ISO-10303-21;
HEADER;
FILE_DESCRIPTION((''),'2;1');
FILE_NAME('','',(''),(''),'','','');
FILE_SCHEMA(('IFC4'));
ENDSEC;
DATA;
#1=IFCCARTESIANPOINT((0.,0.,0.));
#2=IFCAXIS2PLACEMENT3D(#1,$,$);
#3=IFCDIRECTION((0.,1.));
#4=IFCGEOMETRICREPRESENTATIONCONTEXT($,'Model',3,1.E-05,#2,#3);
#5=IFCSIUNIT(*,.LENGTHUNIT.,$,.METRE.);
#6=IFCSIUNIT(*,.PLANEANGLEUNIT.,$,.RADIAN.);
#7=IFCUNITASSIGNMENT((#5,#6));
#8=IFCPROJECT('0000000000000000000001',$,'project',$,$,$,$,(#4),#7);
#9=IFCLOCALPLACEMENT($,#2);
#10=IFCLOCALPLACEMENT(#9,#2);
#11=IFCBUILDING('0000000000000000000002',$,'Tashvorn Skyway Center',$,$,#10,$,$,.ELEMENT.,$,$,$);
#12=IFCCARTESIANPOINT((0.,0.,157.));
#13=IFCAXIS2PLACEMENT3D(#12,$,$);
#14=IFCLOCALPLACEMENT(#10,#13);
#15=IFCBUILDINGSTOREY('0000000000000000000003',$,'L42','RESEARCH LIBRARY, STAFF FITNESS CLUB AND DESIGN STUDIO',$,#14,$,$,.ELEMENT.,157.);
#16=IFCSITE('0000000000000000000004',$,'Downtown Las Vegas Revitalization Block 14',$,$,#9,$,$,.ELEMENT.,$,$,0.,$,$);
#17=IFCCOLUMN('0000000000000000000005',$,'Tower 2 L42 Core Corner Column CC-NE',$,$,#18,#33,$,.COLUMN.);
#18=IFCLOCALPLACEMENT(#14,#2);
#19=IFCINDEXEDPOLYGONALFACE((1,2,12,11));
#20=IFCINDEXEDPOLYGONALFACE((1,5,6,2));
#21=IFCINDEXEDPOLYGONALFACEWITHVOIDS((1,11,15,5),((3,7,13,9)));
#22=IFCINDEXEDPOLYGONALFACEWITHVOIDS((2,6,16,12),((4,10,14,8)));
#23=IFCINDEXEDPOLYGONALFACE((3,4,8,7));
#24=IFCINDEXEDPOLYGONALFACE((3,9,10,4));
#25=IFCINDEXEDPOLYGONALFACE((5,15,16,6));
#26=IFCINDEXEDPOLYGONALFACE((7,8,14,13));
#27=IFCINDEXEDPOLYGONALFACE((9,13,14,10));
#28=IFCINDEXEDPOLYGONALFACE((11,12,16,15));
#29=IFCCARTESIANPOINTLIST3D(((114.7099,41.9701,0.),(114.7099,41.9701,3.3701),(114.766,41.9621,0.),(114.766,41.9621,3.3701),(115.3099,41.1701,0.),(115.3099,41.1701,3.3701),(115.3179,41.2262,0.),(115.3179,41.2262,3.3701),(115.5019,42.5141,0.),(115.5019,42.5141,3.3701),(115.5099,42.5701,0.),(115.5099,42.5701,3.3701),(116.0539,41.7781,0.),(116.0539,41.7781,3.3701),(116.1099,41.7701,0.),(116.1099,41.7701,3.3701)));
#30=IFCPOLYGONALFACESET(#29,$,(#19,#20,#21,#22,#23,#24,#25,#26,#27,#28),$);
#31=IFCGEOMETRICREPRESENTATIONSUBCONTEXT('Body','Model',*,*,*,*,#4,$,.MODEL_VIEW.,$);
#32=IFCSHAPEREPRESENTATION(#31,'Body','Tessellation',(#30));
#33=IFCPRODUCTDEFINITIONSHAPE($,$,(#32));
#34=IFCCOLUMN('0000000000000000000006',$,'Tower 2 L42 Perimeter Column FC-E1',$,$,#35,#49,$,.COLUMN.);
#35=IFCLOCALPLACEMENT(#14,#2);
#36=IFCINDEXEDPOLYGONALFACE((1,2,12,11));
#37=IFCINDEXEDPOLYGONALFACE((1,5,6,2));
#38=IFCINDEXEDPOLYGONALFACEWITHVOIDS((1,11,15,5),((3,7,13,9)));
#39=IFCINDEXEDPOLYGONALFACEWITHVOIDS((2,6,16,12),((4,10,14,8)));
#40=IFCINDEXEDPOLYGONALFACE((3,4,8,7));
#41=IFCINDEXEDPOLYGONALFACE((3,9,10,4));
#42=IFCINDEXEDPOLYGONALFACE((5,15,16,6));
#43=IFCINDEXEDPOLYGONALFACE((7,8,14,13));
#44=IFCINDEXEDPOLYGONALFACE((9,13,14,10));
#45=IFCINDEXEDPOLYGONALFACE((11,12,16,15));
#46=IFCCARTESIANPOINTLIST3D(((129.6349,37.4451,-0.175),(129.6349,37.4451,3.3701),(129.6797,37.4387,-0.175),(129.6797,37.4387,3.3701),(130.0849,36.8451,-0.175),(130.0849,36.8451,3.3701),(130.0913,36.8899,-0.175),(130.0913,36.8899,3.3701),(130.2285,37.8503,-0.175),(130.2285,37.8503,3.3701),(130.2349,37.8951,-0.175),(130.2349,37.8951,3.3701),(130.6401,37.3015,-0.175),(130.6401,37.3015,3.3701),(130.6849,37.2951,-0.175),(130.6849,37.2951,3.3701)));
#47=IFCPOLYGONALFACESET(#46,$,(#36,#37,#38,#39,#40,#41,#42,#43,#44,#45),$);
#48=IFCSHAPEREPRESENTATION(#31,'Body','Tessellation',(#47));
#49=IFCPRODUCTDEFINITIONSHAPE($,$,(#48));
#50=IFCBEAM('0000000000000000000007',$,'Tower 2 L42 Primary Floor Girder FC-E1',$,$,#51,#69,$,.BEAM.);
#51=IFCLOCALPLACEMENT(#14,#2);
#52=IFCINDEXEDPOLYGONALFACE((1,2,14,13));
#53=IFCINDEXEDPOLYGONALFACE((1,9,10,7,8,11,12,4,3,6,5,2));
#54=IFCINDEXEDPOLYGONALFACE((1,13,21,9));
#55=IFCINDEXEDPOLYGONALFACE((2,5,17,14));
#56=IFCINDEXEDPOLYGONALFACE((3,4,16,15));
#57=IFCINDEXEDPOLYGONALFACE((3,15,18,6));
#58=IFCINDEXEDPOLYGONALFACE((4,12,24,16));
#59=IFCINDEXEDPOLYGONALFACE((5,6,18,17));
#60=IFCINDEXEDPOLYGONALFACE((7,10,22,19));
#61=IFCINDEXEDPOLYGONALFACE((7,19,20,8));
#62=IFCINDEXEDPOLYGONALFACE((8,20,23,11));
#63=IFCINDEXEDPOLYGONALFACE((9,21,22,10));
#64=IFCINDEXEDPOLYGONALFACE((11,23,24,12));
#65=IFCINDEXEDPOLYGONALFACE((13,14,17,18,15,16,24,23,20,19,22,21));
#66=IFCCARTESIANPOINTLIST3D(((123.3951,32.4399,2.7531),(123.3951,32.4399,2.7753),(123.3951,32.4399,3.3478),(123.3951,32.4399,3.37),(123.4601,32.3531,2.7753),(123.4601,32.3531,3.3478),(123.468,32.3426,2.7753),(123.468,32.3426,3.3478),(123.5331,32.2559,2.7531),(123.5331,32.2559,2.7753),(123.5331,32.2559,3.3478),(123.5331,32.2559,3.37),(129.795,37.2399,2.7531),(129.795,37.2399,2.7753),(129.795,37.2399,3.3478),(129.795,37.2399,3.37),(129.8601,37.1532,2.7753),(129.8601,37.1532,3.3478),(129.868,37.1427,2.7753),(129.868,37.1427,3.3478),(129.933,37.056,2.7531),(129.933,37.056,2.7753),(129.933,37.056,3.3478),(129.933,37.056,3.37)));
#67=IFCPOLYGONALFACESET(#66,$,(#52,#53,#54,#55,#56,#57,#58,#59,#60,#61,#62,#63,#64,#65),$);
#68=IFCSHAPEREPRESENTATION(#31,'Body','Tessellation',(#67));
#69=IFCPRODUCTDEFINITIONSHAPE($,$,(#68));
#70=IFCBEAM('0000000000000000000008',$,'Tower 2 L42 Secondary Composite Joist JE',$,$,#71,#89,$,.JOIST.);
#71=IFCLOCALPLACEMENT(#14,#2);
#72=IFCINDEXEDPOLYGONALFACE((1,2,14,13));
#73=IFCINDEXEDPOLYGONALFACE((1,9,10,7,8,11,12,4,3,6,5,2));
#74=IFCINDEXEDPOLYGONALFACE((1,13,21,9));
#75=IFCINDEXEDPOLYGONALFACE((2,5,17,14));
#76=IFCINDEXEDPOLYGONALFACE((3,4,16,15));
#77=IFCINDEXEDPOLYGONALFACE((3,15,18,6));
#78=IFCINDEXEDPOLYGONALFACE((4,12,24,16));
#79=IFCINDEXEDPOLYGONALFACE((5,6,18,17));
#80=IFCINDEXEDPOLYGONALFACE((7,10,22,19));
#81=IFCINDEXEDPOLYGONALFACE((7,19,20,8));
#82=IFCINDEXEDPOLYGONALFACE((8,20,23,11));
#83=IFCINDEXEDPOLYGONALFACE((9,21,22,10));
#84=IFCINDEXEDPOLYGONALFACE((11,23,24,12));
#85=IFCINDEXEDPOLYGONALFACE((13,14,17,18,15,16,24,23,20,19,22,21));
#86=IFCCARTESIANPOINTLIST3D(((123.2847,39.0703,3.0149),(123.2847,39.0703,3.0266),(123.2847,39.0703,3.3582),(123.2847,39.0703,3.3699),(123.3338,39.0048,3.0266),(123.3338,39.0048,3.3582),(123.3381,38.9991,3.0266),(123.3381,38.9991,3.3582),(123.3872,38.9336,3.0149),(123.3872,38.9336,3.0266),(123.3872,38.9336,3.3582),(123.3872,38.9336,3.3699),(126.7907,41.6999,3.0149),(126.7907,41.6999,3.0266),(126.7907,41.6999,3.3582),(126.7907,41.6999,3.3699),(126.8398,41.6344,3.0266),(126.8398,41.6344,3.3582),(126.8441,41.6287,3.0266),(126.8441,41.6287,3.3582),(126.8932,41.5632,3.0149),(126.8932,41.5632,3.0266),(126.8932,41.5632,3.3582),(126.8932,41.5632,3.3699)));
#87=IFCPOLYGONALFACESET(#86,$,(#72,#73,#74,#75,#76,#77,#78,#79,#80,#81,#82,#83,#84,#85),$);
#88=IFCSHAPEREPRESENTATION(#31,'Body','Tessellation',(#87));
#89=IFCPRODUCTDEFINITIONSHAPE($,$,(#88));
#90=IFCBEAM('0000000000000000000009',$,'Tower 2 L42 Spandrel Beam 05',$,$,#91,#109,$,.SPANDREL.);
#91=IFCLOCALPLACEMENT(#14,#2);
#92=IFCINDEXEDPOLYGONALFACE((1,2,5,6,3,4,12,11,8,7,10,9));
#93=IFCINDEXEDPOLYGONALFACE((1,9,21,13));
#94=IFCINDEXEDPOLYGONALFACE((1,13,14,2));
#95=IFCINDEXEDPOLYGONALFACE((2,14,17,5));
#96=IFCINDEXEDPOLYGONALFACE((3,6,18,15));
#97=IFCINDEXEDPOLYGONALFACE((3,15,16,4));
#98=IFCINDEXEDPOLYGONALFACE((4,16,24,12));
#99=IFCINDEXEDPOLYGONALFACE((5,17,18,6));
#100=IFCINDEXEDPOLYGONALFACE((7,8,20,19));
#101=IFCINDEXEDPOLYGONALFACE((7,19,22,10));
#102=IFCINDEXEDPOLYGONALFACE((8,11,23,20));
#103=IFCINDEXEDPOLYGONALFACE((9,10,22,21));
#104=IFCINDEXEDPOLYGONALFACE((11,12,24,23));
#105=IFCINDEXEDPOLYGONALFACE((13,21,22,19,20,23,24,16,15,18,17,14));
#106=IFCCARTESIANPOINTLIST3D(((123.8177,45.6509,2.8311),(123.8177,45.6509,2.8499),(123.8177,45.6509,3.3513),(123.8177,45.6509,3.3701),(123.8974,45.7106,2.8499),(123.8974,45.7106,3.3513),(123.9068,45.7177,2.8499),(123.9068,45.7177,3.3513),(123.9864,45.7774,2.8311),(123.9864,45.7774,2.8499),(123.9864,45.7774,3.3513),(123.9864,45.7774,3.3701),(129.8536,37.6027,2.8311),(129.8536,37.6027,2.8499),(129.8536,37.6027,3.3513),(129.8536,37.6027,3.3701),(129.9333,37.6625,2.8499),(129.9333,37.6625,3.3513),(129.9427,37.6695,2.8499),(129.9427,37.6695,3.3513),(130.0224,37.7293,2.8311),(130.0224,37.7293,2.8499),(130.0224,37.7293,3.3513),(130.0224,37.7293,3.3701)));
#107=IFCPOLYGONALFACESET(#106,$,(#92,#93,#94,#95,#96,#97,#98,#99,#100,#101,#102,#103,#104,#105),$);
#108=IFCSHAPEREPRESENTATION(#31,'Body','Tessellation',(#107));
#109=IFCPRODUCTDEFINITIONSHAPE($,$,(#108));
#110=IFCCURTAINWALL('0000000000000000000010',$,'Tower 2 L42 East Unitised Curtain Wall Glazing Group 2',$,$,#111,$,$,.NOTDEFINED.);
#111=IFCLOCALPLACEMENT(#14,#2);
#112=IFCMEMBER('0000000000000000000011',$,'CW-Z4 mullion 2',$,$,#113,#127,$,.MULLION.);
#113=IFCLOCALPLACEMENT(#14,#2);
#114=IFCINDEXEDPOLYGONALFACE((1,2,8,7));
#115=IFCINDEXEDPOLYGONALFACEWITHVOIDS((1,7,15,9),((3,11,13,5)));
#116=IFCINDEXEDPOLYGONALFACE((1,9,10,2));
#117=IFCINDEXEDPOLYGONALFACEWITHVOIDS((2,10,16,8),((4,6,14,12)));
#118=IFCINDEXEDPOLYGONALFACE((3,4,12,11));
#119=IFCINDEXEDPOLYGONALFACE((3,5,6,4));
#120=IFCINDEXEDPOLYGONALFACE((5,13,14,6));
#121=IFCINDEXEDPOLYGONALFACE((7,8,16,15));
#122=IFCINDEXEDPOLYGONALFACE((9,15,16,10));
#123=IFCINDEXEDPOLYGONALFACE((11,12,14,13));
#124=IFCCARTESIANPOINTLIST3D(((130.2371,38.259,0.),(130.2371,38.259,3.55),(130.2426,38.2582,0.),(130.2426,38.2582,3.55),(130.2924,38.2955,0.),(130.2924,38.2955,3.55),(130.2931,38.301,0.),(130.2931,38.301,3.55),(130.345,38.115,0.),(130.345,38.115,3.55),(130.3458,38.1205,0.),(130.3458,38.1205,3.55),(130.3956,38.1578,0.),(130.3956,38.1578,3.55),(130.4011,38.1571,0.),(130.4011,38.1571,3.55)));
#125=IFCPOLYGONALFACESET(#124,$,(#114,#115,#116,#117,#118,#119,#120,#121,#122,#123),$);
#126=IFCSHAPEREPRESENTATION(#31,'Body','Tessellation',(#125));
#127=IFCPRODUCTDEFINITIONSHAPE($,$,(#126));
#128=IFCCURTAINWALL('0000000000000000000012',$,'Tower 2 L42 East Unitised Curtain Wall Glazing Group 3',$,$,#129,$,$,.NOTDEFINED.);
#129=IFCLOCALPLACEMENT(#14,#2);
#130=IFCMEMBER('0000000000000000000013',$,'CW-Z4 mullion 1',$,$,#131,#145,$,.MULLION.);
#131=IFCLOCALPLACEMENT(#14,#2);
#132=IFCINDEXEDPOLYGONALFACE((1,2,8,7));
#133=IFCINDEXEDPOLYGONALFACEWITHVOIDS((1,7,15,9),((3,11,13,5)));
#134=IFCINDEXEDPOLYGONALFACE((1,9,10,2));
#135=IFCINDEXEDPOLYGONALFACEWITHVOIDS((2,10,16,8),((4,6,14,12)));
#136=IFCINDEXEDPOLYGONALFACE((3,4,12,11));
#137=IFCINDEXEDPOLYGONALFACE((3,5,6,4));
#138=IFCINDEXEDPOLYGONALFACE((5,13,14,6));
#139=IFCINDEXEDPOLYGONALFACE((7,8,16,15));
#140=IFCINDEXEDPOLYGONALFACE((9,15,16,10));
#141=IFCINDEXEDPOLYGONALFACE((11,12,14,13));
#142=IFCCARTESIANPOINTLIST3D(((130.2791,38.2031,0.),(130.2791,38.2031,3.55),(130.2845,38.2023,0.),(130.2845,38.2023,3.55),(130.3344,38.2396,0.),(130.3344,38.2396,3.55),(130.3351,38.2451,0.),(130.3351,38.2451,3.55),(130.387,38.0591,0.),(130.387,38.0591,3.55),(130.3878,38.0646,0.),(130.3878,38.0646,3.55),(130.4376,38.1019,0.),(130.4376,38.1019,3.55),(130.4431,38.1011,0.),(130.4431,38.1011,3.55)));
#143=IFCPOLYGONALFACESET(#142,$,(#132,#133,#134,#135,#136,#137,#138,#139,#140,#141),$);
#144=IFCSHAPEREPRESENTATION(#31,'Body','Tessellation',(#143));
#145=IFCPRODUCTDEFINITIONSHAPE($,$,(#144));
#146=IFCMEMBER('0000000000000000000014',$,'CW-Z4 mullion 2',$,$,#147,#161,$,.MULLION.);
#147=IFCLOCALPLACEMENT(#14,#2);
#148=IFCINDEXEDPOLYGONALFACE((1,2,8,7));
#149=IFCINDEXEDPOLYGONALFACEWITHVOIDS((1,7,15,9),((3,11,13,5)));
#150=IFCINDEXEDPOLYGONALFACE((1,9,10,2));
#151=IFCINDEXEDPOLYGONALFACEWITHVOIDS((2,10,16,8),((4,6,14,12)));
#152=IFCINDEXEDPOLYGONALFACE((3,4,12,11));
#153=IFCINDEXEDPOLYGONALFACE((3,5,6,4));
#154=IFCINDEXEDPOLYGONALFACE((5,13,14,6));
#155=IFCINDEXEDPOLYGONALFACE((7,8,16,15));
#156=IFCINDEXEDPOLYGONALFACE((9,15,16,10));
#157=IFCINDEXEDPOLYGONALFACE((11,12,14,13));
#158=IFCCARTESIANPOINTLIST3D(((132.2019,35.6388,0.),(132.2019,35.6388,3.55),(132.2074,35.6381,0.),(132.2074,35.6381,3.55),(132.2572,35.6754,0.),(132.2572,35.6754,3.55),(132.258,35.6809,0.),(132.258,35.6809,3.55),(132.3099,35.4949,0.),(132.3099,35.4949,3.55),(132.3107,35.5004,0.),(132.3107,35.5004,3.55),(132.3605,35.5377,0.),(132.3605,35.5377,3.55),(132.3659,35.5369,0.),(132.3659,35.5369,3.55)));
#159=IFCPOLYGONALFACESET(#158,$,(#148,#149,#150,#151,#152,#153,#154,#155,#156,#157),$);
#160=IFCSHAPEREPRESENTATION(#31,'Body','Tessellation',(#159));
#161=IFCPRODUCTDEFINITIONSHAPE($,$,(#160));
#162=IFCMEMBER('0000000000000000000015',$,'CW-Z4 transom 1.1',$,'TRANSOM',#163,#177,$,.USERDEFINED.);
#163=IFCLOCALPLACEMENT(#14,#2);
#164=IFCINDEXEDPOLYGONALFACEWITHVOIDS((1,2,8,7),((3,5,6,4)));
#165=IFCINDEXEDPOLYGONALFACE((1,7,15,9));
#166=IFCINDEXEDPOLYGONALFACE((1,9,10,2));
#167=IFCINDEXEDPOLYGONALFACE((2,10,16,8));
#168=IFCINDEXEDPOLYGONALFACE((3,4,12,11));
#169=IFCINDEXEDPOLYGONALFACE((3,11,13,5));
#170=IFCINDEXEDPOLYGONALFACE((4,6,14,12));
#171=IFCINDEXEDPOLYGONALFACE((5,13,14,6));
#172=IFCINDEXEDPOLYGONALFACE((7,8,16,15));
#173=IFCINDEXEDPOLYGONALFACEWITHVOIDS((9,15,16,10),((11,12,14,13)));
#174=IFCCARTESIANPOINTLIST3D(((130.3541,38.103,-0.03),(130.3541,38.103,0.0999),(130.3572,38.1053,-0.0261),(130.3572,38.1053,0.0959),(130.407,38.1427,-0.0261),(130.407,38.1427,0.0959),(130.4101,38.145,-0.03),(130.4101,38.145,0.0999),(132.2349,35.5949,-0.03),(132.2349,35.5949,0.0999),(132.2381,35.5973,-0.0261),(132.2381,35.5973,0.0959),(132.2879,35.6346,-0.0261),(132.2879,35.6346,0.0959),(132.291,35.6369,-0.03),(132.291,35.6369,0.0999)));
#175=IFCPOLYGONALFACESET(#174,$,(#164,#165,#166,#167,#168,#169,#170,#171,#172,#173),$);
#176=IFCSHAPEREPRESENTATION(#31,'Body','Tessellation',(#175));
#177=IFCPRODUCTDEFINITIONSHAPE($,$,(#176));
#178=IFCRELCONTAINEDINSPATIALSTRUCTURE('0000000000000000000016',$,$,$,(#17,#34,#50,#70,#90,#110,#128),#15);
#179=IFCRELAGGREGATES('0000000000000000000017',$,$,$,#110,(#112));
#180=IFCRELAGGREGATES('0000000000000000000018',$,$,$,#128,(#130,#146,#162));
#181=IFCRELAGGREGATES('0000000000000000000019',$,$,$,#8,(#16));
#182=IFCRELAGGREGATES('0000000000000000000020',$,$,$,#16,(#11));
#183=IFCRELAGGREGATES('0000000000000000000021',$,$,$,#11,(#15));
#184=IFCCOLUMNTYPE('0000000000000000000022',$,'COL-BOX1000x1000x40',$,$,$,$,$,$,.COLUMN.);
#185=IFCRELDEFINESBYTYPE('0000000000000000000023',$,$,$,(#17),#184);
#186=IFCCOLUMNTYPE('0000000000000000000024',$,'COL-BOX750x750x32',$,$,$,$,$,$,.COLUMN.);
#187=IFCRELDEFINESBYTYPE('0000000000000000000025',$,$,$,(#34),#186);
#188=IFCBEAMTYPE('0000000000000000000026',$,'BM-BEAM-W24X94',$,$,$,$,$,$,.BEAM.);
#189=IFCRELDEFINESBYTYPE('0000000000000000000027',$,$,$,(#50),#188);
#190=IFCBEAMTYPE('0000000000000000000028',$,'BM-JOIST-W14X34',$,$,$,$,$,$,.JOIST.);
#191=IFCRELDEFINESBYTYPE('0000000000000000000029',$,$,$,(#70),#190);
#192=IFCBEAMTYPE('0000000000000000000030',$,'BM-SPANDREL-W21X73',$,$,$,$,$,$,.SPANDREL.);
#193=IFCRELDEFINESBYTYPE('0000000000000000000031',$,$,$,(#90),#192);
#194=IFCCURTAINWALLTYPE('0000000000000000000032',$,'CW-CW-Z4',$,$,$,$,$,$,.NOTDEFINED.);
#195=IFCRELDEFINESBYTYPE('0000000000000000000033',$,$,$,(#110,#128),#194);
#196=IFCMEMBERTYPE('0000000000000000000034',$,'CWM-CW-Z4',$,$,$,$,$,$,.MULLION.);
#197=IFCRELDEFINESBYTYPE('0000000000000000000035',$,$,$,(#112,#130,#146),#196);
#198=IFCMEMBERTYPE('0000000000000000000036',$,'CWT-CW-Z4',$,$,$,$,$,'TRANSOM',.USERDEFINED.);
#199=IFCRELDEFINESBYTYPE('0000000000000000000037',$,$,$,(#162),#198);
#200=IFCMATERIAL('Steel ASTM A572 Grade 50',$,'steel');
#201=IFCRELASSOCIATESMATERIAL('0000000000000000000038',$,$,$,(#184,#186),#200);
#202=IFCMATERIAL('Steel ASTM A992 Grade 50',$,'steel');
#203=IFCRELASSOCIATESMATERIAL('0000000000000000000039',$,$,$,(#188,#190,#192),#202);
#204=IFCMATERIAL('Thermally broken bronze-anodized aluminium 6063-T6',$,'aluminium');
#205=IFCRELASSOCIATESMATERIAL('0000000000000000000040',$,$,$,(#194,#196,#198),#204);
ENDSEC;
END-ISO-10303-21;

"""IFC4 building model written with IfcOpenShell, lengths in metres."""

from ifc_helpers import new_model, si_unit, direction, frame, origin, origin_2d, place, context, subcontext, project, spatial, hollow_rectangle, i_section, extrude, material, material_profile, profile_set, type_object, element, aggregate, save


model = new_model("IFC4")

# Units and contexts
model_context = context("Model", 3, precision=1e-05, world=origin(), true_north=direction((0.0, 1.0)))
body_context = subcontext(model_context, "Body", "Model", "MODEL_VIEW")
ifc_project = project(units=[si_unit("LENGTHUNIT", "METRE"), si_unit("PLANEANGLEUNIT", "RADIAN")], contexts=[model_context])

# Site, building, storey
site_placement = place(None, origin())
site = spatial("IfcSite", under=ifc_project, at=site_placement, Name="Downtown Las Vegas Revitalization Block 14", CompositionType="ELEMENT", RefElevation=0.0)
building_placement = place(site_placement, origin())
building = spatial("IfcBuilding", under=site, at=building_placement, Name="Tashvorn Skyway Center", CompositionType="ELEMENT")
storey_placement = place(building_placement, frame((0.0, 0.0, 157.0)))
storey = spatial("IfcBuildingStorey", under=building, at=storey_placement, Name="L42", Description="RESEARCH LIBRARY, STAFF FITNESS CLUB AND DESIGN STUDIO", CompositionType="ELEMENT", Elevation=157.0)

# Columns
ifc_material_1 = material(Name="Steel ASTM A572 Grade 50", Category="steel")
ifc_material_profile_1 = material_profile(ifc_material_1, hollow_rectangle(XDim=1.0, YDim=1.0, WallThickness=0.04, at=origin_2d()), Name="BOX1000x1000x40")
ifc_profile_set_1 = profile_set([ifc_material_profile_1], Name="Steel ASTM A572 Grade 50")
column_type_1 = type_object("IfcColumnType", Name="COL-BOX1000x1000x40", PredefinedType="COLUMN", material=ifc_profile_set_1)
column_1_placement = place(storey_placement, frame((115.4099, 41.8701, 0.0), z_axis=(0.0, 0.0, 1.0), x_axis=(0.8, 0.6, 0.0)))
element("IfcColumn", 1, at=column_1_placement, inside=storey, type_object=column_type_1, Name="Tower 2 L42 Core Corner Column CC-NE", PredefinedType="COLUMN", context=body_context, shape_type="SweptSolid", body=[
    extrude(hollow_rectangle(XDim=1.0, YDim=1.0, WallThickness=0.04, at=origin_2d()), origin(), (0.0, 0.0, 1.0), 3.3701),
])
ifc_material_profile_2 = material_profile(ifc_material_1, hollow_rectangle(XDim=0.75, YDim=0.75, WallThickness=0.032, at=origin_2d()), Name="BOX750x750x32")
ifc_profile_set_2 = profile_set([ifc_material_profile_2], Name="Steel ASTM A572 Grade 50")
column_type_2 = type_object("IfcColumnType", Name="COL-BOX750x750x32", PredefinedType="COLUMN", material=ifc_profile_set_2)
column_2_placement = place(storey_placement, frame((130.1599, 37.3701, -0.175), z_axis=(0.0, 0.0, 1.0), x_axis=(0.8, 0.6, 0.0)))
element("IfcColumn", 2, at=column_2_placement, inside=storey, type_object=column_type_2, Name="Tower 2 L42 Perimeter Column FC-E1", PredefinedType="COLUMN", context=body_context, shape_type="SweptSolid", body=[
    extrude(hollow_rectangle(XDim=0.75, YDim=0.75, WallThickness=0.032, at=origin_2d()), origin(), (0.0, 0.0, 1.0), 3.5452),
])

# Beams
ifc_material_2 = material(Name="Steel ASTM A992 Grade 50", Category="steel")
ifc_material_profile_3 = material_profile(ifc_material_2, i_section(OverallWidth=0.23, OverallDepth=0.6169, WebThickness=0.0132, FlangeThickness=0.0222, at=origin_2d()), Name="W24X94")
ifc_profile_set_3 = profile_set([ifc_material_profile_3], Name="Steel ASTM A992 Grade 50")
beam_type_1 = type_object("IfcBeamType", Name="BM-BEAM-W24X94", PredefinedType="BEAM", material=ifc_profile_set_3)
beam_1_placement = place(storey_placement, frame((129.864, 37.1479, 3.0615), z_axis=(-0.799993, -0.60001, 0.0), x_axis=(0.60001, -0.799993, 0.0)))
element("IfcBeam", 3, at=beam_1_placement, inside=storey, type_object=beam_type_1, Name="Tower 2 L42 Primary Floor Girder FC-E1", PredefinedType="BEAM", context=body_context, shape_type="SweptSolid", body=[
    extrude(i_section(OverallWidth=0.23, OverallDepth=0.6169, WebThickness=0.0132, FlangeThickness=0.0222, at=origin_2d()), origin(), (0.0, 0.0, 1.0), 8.0),
])
ifc_material_profile_4 = material_profile(ifc_material_2, i_section(OverallWidth=0.1709, OverallDepth=0.355, WebThickness=0.0071, FlangeThickness=0.0117, at=origin_2d()), Name="W14X34")
ifc_profile_set_4 = profile_set([ifc_material_profile_4], Name="Steel ASTM A992 Grade 50")
beam_type_2 = type_object("IfcBeamType", Name="BM-JOIST-W14X34", PredefinedType="JOIST", material=ifc_profile_set_4)
beam_2_placement = place(storey_placement, frame((123.3359, 39.002, 3.1924), z_axis=(0.799993, 0.600009, 0.0), x_axis=(-0.600009, 0.799993, 0.0)))
element("IfcBeam", 4, at=beam_2_placement, inside=storey, type_object=beam_type_2, Name="Tower 2 L42 Secondary Composite Joist JE", PredefinedType="JOIST", context=body_context, shape_type="SweptSolid", body=[
    extrude(i_section(OverallWidth=0.1709, OverallDepth=0.355, WebThickness=0.0071, FlangeThickness=0.0117, at=origin_2d()), origin(), (0.0, 0.0, 1.0), 4.3826),
])
ifc_material_profile_5 = material_profile(ifc_material_2, i_section(OverallWidth=0.2109, OverallDepth=0.5391, WebThickness=0.0117, FlangeThickness=0.0188, at=origin_2d()), Name="W21X73")
ifc_profile_set_5 = profile_set([ifc_material_profile_5], Name="Steel ASTM A992 Grade 50")
beam_type_3 = type_object("IfcBeamType", Name="BM-SPANDREL-W21X73", PredefinedType="SPANDREL", material=ifc_profile_set_5)
beam_3_placement = place(storey_placement, frame((129.938, 37.666, 3.1006), z_axis=(-0.599988, 0.800009, 0.0), x_axis=(-0.800009, -0.599988, 0.0)))
element("IfcBeam", 5, at=beam_3_placement, inside=storey, type_object=beam_type_3, Name="Tower 2 L42 Spandrel Beam 05", PredefinedType="SPANDREL", context=body_context, shape_type="SweptSolid", body=[
    extrude(i_section(OverallWidth=0.2109, OverallDepth=0.5391, WebThickness=0.0117, FlangeThickness=0.0188, at=origin_2d()), origin(), (0.0, 0.0, 1.0), 10.0601),
])

# Curtain wall, member
ifc_material_3 = material(Name="Thermally broken bronze-anodized aluminium 6063-T6", Category="aluminium")
curtain_wall_type = type_object("IfcCurtainWallType", Name="CW-CW-Z4", PredefinedType="NOTDEFINED", material=ifc_material_3)
curtain_wall_1_placement = place(storey_placement, origin())
curtain_wall_1 = element("IfcCurtainWall", 6, at=curtain_wall_1_placement, inside=storey, type_object=curtain_wall_type, Name="Tower 2 L42 East Unitised Curtain Wall Glazing Group 2", PredefinedType="NOTDEFINED")
ifc_material_profile_6 = material_profile(ifc_material_3, hollow_rectangle(XDim=0.0701, YDim=0.1799, WallThickness=0.0039, at=origin_2d()), Name="ALU-MULL-70x180")
ifc_profile_set_6 = profile_set([ifc_material_profile_6], Name="Thermally broken bronze-anodized aluminium 6063-T6")
member_type_1 = type_object("IfcMemberType", Name="CWM-CW-Z4", PredefinedType="MULLION", material=ifc_profile_set_6)
member_1_placement = place(storey_placement, frame((130.3191, 38.208, 0.0), z_axis=(0.0, 0.0, 1.0), x_axis=(0.8, 0.6, 0.0)))
member_1 = element("IfcMember", 7, at=member_1_placement, type_object=member_type_1, Name="CW-Z4 mullion 2", PredefinedType="MULLION", context=body_context, shape_type="SweptSolid", body=[
    extrude(hollow_rectangle(XDim=0.0701, YDim=0.1799, WallThickness=0.0039, at=origin_2d()), origin(), (0.0, 0.0, 1.0), 3.55),
])
aggregate(curtain_wall_1, [member_1])

# Curtain wall, members
curtain_wall_2_placement = place(storey_placement, origin())
curtain_wall_2 = element("IfcCurtainWall", 8, at=curtain_wall_2_placement, inside=storey, type_object=curtain_wall_type, Name="Tower 2 L42 East Unitised Curtain Wall Glazing Group 3", PredefinedType="NOTDEFINED")
member_2_placement = place(storey_placement, frame((130.3611, 38.1521, 0.0), z_axis=(0.0, 0.0, 1.0), x_axis=(0.8, 0.6, 0.0)))
member_2 = element("IfcMember", 9, at=member_2_placement, type_object=member_type_1, Name="CW-Z4 mullion 1", PredefinedType="MULLION", context=body_context, shape_type="SweptSolid", body=[
    extrude(hollow_rectangle(XDim=0.0701, YDim=0.1799, WallThickness=0.0039, at=origin_2d()), origin(), (0.0, 0.0, 1.0), 3.55),
])
member_3_placement = place(storey_placement, frame((132.2839, 35.5879, 0.0), z_axis=(0.0, 0.0, 1.0), x_axis=(0.8, 0.6, 0.0)))
member_3 = element("IfcMember", 10, at=member_3_placement, type_object=member_type_1, Name="CW-Z4 mullion 2", PredefinedType="MULLION", context=body_context, shape_type="SweptSolid", body=[
    extrude(hollow_rectangle(XDim=0.0701, YDim=0.1799, WallThickness=0.0039, at=origin_2d()), origin(), (0.0, 0.0, 1.0), 3.55),
])
ifc_material_profile_7 = material_profile(ifc_material_3, hollow_rectangle(XDim=0.0701, YDim=0.1299, WallThickness=0.0039, at=origin_2d()), Name="ALU-TRAN-70x130")
ifc_profile_set_7 = profile_set([ifc_material_profile_7], Name="Thermally broken bronze-anodized aluminium 6063-T6")
member_type_2 = type_object("IfcMemberType", Name="CWT-CW-Z4", ElementType="TRANSOM", PredefinedType="USERDEFINED", material=ifc_profile_set_7)
member_4_placement = place(storey_placement, frame((130.3821, 38.124, 0.0349), z_axis=(0.599963, -0.800028, 0.0), x_axis=(0.800028, 0.599963, 0.0)))
member_4 = element("IfcMember", 11, at=member_4_placement, type_object=member_type_2, Name="CW-Z4 transom 1.1", ObjectType="TRANSOM", PredefinedType="USERDEFINED", context=body_context, shape_type="SweptSolid", body=[
    extrude(hollow_rectangle(XDim=0.0701, YDim=0.1299, WallThickness=0.0039, at=origin_2d()), origin(), (0.0, 0.0, 1.0), 3.135),
])
aggregate(curtain_wall_2, [member_2, member_3, member_4])

save(model, "model.ifc")
